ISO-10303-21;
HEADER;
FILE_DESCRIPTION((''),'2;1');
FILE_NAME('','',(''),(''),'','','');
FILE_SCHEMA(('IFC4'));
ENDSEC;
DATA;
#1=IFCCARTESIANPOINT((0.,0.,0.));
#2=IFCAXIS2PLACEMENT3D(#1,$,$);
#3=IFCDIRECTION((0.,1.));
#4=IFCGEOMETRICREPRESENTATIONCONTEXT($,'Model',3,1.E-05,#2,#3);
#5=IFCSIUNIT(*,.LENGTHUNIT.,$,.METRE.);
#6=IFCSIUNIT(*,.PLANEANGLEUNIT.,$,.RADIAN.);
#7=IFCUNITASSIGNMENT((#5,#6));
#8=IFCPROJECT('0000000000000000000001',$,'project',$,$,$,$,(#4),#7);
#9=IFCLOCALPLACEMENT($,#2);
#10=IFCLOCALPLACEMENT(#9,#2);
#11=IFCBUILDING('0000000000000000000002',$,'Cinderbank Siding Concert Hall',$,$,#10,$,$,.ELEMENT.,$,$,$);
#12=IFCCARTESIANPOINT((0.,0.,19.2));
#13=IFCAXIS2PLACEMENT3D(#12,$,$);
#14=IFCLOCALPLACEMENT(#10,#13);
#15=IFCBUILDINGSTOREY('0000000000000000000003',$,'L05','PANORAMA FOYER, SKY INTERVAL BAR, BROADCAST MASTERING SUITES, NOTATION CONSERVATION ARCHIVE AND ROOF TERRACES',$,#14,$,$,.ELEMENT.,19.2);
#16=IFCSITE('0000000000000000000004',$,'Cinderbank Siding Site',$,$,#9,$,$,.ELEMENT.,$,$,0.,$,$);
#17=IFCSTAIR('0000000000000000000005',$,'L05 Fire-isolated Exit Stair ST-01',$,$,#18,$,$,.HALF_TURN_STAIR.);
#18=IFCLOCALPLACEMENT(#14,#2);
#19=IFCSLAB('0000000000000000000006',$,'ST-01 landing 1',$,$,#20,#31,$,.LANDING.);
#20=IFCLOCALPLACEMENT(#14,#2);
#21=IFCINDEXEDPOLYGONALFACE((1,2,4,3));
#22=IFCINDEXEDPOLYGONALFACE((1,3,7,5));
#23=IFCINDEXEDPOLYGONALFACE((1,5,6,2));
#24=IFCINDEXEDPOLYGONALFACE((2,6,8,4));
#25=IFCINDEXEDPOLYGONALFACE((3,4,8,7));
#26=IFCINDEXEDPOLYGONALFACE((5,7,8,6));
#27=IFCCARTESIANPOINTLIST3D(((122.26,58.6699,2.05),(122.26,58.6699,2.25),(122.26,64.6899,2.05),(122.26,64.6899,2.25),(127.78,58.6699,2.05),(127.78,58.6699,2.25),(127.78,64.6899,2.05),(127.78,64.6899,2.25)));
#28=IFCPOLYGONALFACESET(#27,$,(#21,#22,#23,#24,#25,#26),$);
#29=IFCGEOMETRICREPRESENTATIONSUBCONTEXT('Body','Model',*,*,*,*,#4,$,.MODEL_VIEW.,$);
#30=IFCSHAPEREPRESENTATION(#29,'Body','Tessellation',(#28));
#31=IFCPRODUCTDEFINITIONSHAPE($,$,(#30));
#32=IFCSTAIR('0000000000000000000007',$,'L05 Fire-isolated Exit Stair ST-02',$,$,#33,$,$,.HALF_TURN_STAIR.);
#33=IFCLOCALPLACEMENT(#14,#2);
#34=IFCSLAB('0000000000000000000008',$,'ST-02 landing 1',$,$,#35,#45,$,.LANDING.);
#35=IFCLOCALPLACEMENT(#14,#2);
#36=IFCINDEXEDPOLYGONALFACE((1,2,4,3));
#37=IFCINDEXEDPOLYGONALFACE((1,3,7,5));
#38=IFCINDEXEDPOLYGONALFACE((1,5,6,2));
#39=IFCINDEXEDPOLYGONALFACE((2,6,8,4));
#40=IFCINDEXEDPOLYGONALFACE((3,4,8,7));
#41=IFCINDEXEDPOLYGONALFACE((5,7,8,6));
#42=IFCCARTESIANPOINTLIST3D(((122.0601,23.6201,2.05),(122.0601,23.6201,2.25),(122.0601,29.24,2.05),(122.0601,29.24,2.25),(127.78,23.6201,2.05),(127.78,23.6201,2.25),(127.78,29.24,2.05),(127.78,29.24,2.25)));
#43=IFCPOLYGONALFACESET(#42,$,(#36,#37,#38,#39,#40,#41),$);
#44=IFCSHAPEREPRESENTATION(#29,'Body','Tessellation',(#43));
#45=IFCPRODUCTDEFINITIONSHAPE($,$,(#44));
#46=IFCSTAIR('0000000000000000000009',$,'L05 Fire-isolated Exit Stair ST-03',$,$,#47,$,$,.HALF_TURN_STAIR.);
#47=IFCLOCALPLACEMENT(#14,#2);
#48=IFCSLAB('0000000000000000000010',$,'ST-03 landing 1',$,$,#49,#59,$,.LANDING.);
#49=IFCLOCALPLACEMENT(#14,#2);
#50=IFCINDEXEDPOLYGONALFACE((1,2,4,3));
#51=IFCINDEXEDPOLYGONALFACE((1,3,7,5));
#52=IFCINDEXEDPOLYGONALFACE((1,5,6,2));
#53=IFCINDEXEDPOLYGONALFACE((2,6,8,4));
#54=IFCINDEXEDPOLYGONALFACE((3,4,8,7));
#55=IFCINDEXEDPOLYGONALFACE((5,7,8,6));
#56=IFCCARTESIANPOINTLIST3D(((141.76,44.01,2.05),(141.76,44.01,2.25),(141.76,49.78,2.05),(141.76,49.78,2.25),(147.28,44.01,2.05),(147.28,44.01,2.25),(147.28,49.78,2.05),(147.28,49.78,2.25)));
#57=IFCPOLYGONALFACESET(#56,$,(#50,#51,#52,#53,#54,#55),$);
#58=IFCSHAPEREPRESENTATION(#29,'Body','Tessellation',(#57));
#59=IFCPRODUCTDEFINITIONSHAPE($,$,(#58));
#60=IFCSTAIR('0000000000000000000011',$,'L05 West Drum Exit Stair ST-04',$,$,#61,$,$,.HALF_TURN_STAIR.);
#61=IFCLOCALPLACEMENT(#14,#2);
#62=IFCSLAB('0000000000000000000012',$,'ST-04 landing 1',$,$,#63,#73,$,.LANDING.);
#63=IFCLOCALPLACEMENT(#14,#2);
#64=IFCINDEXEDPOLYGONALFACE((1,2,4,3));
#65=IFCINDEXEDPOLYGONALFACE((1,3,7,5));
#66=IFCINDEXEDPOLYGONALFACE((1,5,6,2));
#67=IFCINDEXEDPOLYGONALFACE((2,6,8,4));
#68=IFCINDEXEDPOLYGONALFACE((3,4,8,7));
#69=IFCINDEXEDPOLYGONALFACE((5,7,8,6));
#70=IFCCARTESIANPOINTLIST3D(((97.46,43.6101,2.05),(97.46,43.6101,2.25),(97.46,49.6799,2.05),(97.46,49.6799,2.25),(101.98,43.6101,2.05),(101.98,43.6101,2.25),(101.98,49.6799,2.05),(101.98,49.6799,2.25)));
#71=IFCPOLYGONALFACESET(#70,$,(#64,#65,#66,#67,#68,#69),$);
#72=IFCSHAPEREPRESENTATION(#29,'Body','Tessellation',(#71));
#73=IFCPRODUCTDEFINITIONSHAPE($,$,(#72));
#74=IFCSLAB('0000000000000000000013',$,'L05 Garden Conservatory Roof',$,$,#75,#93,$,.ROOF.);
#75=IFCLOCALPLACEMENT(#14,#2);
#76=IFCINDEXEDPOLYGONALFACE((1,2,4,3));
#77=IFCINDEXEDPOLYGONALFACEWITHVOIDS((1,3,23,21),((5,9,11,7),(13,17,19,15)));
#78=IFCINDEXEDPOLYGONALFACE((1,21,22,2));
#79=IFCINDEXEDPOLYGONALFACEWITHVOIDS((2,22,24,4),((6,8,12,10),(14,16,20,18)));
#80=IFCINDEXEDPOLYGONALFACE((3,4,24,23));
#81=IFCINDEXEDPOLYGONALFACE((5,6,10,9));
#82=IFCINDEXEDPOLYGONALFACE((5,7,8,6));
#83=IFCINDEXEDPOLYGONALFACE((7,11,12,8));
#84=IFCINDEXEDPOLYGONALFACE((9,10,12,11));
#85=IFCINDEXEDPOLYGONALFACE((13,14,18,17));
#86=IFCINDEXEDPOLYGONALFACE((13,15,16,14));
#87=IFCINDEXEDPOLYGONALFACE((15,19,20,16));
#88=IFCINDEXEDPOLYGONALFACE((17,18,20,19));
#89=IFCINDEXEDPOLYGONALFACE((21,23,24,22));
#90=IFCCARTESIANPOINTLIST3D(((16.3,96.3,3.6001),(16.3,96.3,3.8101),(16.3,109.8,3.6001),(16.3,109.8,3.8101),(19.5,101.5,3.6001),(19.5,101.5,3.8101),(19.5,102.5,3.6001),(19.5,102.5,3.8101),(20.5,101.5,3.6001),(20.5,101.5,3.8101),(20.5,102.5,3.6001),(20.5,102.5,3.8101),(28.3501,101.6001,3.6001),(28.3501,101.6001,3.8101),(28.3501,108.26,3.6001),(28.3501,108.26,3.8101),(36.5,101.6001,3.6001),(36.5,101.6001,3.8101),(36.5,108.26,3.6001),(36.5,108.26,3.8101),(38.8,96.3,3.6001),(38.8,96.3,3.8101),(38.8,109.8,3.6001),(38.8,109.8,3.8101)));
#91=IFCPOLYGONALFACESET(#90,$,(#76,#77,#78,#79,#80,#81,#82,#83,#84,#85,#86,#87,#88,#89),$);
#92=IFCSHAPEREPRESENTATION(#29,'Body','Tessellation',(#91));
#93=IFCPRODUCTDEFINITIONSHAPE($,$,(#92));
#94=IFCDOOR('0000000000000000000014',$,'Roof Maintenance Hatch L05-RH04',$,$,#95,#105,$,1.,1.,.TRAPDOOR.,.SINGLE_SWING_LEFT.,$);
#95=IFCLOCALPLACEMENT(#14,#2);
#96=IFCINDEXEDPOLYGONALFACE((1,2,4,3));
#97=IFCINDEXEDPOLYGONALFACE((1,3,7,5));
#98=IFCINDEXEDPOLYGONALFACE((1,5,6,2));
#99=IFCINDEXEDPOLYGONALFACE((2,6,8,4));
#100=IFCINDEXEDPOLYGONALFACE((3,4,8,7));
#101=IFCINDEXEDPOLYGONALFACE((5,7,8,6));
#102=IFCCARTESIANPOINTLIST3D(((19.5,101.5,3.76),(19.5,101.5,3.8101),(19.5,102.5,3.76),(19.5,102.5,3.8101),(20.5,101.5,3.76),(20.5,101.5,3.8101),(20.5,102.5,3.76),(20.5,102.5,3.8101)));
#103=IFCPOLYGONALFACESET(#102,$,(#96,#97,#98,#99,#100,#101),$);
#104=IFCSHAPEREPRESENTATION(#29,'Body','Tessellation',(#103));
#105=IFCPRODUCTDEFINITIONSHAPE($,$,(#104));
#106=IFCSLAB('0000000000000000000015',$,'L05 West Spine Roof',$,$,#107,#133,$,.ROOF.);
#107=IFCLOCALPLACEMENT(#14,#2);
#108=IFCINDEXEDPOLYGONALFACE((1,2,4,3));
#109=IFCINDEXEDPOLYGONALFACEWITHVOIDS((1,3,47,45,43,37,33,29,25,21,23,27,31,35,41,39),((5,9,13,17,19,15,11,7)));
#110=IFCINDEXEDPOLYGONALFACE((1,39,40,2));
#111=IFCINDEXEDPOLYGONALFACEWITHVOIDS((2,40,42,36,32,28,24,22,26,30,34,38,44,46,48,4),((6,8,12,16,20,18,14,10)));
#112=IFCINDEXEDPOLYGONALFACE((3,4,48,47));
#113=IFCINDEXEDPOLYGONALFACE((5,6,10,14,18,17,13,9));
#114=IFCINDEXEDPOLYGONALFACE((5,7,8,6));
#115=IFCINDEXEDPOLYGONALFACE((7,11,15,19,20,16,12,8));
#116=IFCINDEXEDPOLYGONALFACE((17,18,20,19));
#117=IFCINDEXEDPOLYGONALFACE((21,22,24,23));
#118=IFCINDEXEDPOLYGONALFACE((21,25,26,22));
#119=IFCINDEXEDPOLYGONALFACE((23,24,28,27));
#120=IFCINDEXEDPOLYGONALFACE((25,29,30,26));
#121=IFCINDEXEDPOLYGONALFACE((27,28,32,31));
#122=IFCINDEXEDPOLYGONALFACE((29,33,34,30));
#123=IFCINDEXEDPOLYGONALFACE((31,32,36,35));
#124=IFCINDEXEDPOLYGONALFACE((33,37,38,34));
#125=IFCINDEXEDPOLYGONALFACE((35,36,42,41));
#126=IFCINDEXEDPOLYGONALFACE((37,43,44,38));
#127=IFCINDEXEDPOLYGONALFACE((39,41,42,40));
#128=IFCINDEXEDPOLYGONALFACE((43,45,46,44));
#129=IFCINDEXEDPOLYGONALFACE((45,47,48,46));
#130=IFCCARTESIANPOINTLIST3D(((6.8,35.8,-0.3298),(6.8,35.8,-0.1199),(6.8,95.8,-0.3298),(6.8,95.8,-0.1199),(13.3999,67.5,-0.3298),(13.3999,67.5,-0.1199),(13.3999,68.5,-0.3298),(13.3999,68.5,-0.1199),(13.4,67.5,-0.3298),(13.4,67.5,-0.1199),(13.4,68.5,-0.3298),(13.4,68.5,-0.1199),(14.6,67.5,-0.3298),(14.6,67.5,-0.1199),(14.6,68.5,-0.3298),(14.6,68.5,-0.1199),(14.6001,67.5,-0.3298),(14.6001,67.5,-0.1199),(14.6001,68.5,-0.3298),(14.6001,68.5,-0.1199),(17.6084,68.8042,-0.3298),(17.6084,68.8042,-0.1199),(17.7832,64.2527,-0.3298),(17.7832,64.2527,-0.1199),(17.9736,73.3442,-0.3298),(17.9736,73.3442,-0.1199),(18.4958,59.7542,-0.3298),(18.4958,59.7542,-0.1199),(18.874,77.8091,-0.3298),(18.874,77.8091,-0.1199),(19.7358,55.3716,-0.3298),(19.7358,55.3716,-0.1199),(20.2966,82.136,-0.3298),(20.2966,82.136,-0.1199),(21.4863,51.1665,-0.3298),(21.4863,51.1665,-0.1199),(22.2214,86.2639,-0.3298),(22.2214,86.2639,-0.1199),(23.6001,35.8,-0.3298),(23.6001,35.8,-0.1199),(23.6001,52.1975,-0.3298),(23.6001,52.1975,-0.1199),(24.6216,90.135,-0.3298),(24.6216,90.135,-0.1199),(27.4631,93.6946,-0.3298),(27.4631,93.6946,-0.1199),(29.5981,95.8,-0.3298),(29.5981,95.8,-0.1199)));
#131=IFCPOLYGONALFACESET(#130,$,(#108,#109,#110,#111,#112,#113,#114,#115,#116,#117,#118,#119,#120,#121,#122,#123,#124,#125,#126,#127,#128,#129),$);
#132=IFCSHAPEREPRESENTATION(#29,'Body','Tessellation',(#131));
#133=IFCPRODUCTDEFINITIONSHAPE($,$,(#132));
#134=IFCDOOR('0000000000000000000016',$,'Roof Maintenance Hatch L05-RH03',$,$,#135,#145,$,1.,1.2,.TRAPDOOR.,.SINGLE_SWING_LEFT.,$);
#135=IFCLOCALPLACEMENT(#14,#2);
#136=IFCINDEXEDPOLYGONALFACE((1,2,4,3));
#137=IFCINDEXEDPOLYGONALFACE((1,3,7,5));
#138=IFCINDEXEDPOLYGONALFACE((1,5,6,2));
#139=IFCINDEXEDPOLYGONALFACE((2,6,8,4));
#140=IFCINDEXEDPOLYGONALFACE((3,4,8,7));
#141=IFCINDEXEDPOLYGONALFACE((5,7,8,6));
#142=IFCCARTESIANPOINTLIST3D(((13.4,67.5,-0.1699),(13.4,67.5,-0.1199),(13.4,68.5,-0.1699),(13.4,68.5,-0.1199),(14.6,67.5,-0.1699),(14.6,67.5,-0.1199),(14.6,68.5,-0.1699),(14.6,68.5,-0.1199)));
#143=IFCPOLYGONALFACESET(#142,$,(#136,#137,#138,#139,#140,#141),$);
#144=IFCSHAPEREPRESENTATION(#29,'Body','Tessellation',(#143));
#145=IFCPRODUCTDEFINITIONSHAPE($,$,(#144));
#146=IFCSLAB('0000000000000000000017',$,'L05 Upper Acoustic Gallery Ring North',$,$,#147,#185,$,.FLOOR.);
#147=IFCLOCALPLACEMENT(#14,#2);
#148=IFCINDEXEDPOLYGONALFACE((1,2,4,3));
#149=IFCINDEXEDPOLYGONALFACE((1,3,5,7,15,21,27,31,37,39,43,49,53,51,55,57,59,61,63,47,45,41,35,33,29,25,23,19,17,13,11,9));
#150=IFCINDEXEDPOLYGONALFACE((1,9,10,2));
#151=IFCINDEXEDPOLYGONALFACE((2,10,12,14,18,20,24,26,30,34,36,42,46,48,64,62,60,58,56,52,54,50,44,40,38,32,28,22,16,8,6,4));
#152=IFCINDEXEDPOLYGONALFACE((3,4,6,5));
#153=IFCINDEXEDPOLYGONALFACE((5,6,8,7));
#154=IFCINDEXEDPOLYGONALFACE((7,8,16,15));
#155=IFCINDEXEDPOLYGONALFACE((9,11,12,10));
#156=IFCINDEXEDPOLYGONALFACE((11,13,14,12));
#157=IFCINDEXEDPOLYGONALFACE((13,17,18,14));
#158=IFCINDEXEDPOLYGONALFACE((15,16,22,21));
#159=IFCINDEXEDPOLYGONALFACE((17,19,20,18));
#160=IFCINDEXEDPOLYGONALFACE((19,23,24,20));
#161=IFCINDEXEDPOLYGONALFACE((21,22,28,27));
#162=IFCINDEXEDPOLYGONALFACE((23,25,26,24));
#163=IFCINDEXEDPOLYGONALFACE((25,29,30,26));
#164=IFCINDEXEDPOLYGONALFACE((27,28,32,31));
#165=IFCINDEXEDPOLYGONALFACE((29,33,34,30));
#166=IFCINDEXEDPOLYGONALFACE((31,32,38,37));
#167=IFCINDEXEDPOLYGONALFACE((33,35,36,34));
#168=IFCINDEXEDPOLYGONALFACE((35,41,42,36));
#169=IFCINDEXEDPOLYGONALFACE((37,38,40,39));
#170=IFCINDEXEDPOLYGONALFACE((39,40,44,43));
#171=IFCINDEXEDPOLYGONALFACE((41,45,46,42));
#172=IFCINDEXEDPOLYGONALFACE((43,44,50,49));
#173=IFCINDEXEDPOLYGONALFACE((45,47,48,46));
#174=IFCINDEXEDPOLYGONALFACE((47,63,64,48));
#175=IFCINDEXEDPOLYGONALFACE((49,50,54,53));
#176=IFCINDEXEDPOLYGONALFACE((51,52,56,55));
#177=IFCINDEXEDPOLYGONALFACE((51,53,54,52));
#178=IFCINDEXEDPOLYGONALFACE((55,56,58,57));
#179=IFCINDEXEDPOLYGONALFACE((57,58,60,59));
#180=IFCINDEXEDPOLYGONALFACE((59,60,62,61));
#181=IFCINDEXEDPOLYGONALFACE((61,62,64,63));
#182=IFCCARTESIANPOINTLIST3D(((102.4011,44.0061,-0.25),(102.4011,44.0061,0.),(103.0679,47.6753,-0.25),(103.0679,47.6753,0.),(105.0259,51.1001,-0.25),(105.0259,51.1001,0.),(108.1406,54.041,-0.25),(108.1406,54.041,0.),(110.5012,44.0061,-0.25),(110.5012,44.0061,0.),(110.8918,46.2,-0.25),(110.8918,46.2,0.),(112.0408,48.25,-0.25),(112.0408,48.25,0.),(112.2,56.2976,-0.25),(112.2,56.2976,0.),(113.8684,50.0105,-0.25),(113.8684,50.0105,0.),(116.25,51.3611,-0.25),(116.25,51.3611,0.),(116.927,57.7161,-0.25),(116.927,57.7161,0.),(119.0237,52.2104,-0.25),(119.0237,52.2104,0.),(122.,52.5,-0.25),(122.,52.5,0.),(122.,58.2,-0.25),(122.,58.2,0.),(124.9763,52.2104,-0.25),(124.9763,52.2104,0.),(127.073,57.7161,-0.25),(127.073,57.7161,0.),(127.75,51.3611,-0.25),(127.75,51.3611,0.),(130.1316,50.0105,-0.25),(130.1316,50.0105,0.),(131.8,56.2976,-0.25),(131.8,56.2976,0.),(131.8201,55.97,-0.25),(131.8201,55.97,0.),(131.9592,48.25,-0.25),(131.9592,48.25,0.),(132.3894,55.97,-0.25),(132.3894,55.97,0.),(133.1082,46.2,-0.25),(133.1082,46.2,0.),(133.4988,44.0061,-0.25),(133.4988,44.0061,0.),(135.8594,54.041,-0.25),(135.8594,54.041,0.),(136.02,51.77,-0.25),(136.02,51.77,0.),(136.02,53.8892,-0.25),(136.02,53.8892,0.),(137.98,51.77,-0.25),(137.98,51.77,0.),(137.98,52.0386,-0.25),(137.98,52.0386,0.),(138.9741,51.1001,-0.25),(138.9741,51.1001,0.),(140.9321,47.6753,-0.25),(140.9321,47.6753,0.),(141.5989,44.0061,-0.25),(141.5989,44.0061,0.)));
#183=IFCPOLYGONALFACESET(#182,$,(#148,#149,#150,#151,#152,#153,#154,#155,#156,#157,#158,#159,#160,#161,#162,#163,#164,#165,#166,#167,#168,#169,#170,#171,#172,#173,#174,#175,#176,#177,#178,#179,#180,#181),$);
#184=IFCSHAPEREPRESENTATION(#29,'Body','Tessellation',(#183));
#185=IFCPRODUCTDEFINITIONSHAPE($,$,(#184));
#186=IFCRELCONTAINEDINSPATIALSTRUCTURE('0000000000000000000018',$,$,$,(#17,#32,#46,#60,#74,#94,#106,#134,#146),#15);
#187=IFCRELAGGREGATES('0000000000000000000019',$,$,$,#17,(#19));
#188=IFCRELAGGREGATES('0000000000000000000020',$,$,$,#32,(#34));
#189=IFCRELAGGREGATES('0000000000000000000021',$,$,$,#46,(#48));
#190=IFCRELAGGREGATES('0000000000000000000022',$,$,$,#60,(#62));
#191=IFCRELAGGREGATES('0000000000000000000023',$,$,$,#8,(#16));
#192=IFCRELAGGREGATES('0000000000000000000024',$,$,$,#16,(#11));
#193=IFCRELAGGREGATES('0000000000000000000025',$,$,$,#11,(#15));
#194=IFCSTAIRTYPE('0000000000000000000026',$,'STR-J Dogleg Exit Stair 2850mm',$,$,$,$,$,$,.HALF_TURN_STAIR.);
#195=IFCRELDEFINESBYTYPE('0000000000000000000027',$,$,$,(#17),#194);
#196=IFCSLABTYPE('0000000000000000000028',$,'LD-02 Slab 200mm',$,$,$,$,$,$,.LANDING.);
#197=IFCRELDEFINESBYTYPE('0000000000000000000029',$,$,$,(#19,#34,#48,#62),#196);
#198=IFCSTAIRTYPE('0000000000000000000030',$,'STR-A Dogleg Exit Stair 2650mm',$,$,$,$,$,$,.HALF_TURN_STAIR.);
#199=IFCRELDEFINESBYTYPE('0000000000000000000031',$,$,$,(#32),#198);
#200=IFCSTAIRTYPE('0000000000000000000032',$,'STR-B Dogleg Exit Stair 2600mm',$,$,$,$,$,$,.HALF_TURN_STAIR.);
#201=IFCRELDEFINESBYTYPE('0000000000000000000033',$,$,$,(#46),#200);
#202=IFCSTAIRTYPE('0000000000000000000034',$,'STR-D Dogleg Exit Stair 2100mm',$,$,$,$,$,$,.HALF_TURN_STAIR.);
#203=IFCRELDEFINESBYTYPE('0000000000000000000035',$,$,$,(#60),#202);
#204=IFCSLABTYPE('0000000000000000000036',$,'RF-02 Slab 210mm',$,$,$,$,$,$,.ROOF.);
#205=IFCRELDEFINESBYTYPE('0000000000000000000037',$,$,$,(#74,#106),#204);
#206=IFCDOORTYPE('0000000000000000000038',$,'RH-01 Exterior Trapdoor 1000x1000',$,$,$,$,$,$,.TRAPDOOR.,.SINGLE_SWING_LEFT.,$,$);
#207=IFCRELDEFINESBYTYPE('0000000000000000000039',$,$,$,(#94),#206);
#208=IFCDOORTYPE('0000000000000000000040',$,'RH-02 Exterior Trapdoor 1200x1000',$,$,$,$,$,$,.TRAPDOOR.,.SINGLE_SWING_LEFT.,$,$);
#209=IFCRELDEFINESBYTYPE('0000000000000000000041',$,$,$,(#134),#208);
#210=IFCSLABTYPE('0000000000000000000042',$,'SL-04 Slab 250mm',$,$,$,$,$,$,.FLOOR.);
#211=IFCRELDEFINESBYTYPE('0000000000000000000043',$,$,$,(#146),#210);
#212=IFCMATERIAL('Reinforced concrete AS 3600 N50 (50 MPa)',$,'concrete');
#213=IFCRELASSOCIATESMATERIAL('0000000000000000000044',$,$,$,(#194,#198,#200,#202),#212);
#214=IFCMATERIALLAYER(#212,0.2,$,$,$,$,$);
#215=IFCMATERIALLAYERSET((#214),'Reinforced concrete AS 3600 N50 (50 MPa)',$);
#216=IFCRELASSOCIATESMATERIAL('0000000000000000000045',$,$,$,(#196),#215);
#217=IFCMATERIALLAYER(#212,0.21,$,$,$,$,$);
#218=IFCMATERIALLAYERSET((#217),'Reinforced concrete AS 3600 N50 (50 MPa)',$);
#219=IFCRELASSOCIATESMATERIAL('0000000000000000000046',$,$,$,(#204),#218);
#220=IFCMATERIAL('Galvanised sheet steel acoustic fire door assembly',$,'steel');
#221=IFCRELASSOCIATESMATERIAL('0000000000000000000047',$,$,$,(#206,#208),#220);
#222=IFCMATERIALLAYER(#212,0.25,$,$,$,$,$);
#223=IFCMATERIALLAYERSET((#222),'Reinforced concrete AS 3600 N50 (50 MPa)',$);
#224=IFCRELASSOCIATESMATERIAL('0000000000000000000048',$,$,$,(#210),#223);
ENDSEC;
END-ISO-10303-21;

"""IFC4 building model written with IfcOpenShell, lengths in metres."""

from ifc_helpers import new_model, si_unit, direction, frame, origin, origin_2d, place, context, subcontext, project, spatial, polyline, rectangle, outline, extrude, material, layer, layer_set, type_object, element, fill, aggregate, save


model = new_model("IFC4")

# Units and contexts
model_context = context("Model", 3, precision=1e-05, world=origin(), true_north=direction((0.0, 1.0)))
body_context = subcontext(model_context, "Body", "Model", "MODEL_VIEW")
ifc_project = project(units=[si_unit("LENGTHUNIT", "METRE"), si_unit("PLANEANGLEUNIT", "RADIAN")], contexts=[model_context])

# Site, building, storey
site_placement = place(None, origin())
site = spatial("IfcSite", under=ifc_project, at=site_placement, Name="Cinderbank Siding Site", CompositionType="ELEMENT", RefElevation=0.0)
building_placement = place(site_placement, origin())
building = spatial("IfcBuilding", under=site, at=building_placement, Name="Cinderbank Siding Concert Hall", CompositionType="ELEMENT")
storey_placement = place(building_placement, frame((0.0, 0.0, 19.2)))
storey = spatial("IfcBuildingStorey", under=building, at=storey_placement, Name="L05", Description="PANORAMA FOYER, SKY INTERVAL BAR, BROADCAST MASTERING SUITES, NOTATION CONSERVATION ARCHIVE AND ROOF TERRACES", CompositionType="ELEMENT", Elevation=19.2)

# Stairs, slabs
ifc_material_1 = material(Name="Reinforced concrete AS 3600 N50 (50 MPa)", Category="concrete")
stair_type_1 = type_object("IfcStairType", Name="STR-J Dogleg Exit Stair 2850mm", PredefinedType="HALF_TURN_STAIR", material=ifc_material_1)
stair_1_placement = place(storey_placement, origin())
stair_1 = element("IfcStair", 1, at=stair_1_placement, inside=storey, type_object=stair_type_1, Name="L05 Fire-isolated Exit Stair ST-01", PredefinedType="HALF_TURN_STAIR")
ifc_layer_1 = layer(ifc_material_1, 0.2)
ifc_layer_set_1 = layer_set([ifc_layer_1], Name="Reinforced concrete AS 3600 N50 (50 MPa)")
slab_type_1 = type_object("IfcSlabType", Name="LD-02 Slab 200mm", PredefinedType="LANDING", material=ifc_layer_set_1)
slab_1_placement = place(storey_placement, frame((0.0, 0.0, 2.05)))
slab_1 = element("IfcSlab", 2, at=slab_1_placement, type_object=slab_type_1, Name="ST-01 landing 1", PredefinedType="LANDING", context=body_context, shape_type="SweptSolid", body=[
    extrude(outline(polyline([(122.26, 58.6699), (122.26, 64.6899), (127.78, 64.6899), (127.78, 58.6699), (122.26, 58.6699)])), origin(), (0.0, 0.0, 1.0), 0.2),
])
aggregate(stair_1, [slab_1])
stair_type_2 = type_object("IfcStairType", Name="STR-A Dogleg Exit Stair 2650mm", PredefinedType="HALF_TURN_STAIR", material=ifc_material_1)
stair_2_placement = place(storey_placement, origin())
stair_2 = element("IfcStair", 3, at=stair_2_placement, inside=storey, type_object=stair_type_2, Name="L05 Fire-isolated Exit Stair ST-02", PredefinedType="HALF_TURN_STAIR")
slab_2_placement = place(storey_placement, frame((0.0, 0.0, 2.05)))
slab_2 = element("IfcSlab", 4, at=slab_2_placement, type_object=slab_type_1, Name="ST-02 landing 1", PredefinedType="LANDING", context=body_context, shape_type="SweptSolid", body=[
    extrude(outline(polyline([(122.0601, 23.6201), (122.0601, 29.24), (127.78, 29.24), (127.78, 23.6201), (122.0601, 23.6201)])), origin(), (0.0, 0.0, 1.0), 0.2),
])
aggregate(stair_2, [slab_2])
stair_type_3 = type_object("IfcStairType", Name="STR-B Dogleg Exit Stair 2600mm", PredefinedType="HALF_TURN_STAIR", material=ifc_material_1)
stair_3_placement = place(storey_placement, origin())
stair_3 = element("IfcStair", 5, at=stair_3_placement, inside=storey, type_object=stair_type_3, Name="L05 Fire-isolated Exit Stair ST-03", PredefinedType="HALF_TURN_STAIR")
slab_3_placement = place(storey_placement, frame((0.0, 0.0, 2.05)))
slab_3 = element("IfcSlab", 6, at=slab_3_placement, type_object=slab_type_1, Name="ST-03 landing 1", PredefinedType="LANDING", context=body_context, shape_type="SweptSolid", body=[
    extrude(outline(polyline([(147.28, 44.01), (141.76, 44.01), (141.76, 49.78), (147.28, 49.78), (147.28, 44.01)])), origin(), (0.0, 0.0, 1.0), 0.2),
])
aggregate(stair_3, [slab_3])
stair_type_4 = type_object("IfcStairType", Name="STR-D Dogleg Exit Stair 2100mm", PredefinedType="HALF_TURN_STAIR", material=ifc_material_1)
stair_4_placement = place(storey_placement, origin())
stair_4 = element("IfcStair", 7, at=stair_4_placement, inside=storey, type_object=stair_type_4, Name="L05 West Drum Exit Stair ST-04", PredefinedType="HALF_TURN_STAIR")
slab_4_placement = place(storey_placement, frame((0.0, 0.0, 2.05)))
slab_4 = element("IfcSlab", 8, at=slab_4_placement, type_object=slab_type_1, Name="ST-04 landing 1", PredefinedType="LANDING", context=body_context, shape_type="SweptSolid", body=[
    extrude(outline(polyline([(101.98, 43.6101), (97.46, 43.6101), (97.46, 49.6799), (101.98, 49.6799), (101.98, 43.6101)])), origin(), (0.0, 0.0, 1.0), 0.2),
])
aggregate(stair_4, [slab_4])

# Slabs, openings, doors
ifc_layer_2 = layer(ifc_material_1, 0.21)
ifc_layer_set_2 = layer_set([ifc_layer_2], Name="Reinforced concrete AS 3600 N50 (50 MPa)")
slab_type_2 = type_object("IfcSlabType", Name="RF-02 Slab 210mm", PredefinedType="ROOF", material=ifc_layer_set_2)
slab_5_placement = place(storey_placement, frame((0.0, 0.0, 3.6001)))
slab_5 = element("IfcSlab", 9, at=slab_5_placement, inside=storey, type_object=slab_type_2, Name="L05 Garden Conservatory Roof", PredefinedType="ROOF", context=body_context, shape_type="SweptSolid", body=[
    extrude(outline(polyline([(16.3, 96.3), (16.3, 109.8), (38.8, 109.8), (38.8, 96.3), (16.3, 96.3)]), holes=[polyline([(28.3501, 101.6001), (36.5, 101.6001), (36.5, 108.26), (28.3501, 108.26), (28.3501, 101.6001)]), polyline([(19.5, 101.5), (20.5, 101.5), (20.5, 102.5), (19.5, 102.5), (19.5, 101.5)])]), origin(), (0.0, 0.0, 1.0), 0.21),
])
opening_1_placement = place(slab_5_placement, frame((20.0, 102.0, -0.012)))
opening_1 = element("IfcOpeningElement", 10, at=opening_1_placement, cuts=slab_5, PredefinedType="OPENING", context=body_context, shape_type="SweptSolid", body=[
    extrude(rectangle(XDim=1.0, YDim=1.0, at=origin_2d()), origin(), (0.0, 0.0, 1.0), 0.2339),
])
ifc_material_2 = material(Name="Galvanised sheet steel acoustic fire door assembly", Category="steel")
door_type_1 = type_object("IfcDoorType", Name="RH-01 Exterior Trapdoor 1000x1000", OperationType="SINGLE_SWING_LEFT", PredefinedType="TRAPDOOR", material=ifc_material_2)
door_1_placement = place(slab_5_placement, frame((20.0, 102.0, 0.1599)))
door_1 = element("IfcDoor", 11, at=door_1_placement, inside=storey, type_object=door_type_1, Name="Roof Maintenance Hatch L05-RH04", OperationType="SINGLE_SWING_LEFT", OverallHeight=1.0, OverallWidth=1.0, PredefinedType="TRAPDOOR", context=body_context, shape_type="SweptSolid", body=[
    extrude(rectangle(XDim=1.0, YDim=1.0, at=origin_2d()), origin(), (0.0, 0.0, 1.0), 0.05),
])
fill(opening_1, door_1)
slab_6_placement = place(storey_placement, frame((0.0, 0.0, -0.3298)))
slab_6 = element("IfcSlab", 12, at=slab_6_placement, inside=storey, type_object=slab_type_2, Name="L05 West Spine Roof", PredefinedType="ROOF", context=body_context, shape_type="SweptSolid", body=[
    extrude(outline(polyline([(6.8, 95.8), (29.5981, 95.8), (27.4631, 93.6946), (24.6216, 90.135), (22.2214, 86.2639), (20.2966, 82.136), (18.874, 77.8091), (17.9736, 73.3442), (17.6084, 68.8042), (17.7832, 64.2527), (18.4958, 59.7542), (19.7358, 55.3716), (21.4863, 51.1665), (23.6001, 52.1975), (23.6001, 35.8), (6.8, 35.8), (6.8, 95.8)]), holes=[polyline([(13.3999, 67.5), (14.6001, 67.5), (14.6001, 68.5), (13.3999, 68.5), (13.3999, 67.5)])]), origin(), (0.0, 0.0, 1.0), 0.21),
])
opening_2_placement = place(slab_6_placement, frame((14.0, 68.0, -0.012)))
opening_2 = element("IfcOpeningElement", 13, at=opening_2_placement, cuts=slab_6, PredefinedType="OPENING", context=body_context, shape_type="SweptSolid", body=[
    extrude(rectangle(XDim=1.2, YDim=1.0, at=origin_2d()), origin(), (0.0, 0.0, 1.0), 0.2339),
])
door_type_2 = type_object("IfcDoorType", Name="RH-02 Exterior Trapdoor 1200x1000", OperationType="SINGLE_SWING_LEFT", PredefinedType="TRAPDOOR", material=ifc_material_2)
door_2_placement = place(slab_6_placement, frame((14.0, 68.0, 0.1599)))
door_2 = element("IfcDoor", 14, at=door_2_placement, inside=storey, type_object=door_type_2, Name="Roof Maintenance Hatch L05-RH03", OperationType="SINGLE_SWING_LEFT", OverallHeight=1.0, OverallWidth=1.2, PredefinedType="TRAPDOOR", context=body_context, shape_type="SweptSolid", body=[
    extrude(rectangle(XDim=1.2, YDim=1.0, at=origin_2d()), origin(), (0.0, 0.0, 1.0), 0.05),
])
fill(opening_2, door_2)

# Slab
ifc_layer_3 = layer(ifc_material_1, 0.25)
ifc_layer_set_3 = layer_set([ifc_layer_3], Name="Reinforced concrete AS 3600 N50 (50 MPa)")
slab_type_3 = type_object("IfcSlabType", Name="SL-04 Slab 250mm", PredefinedType="FLOOR", material=ifc_layer_set_3)
slab_7_placement = place(storey_placement, frame((0.0, 0.0, -0.25)))
element("IfcSlab", 15, at=slab_7_placement, inside=storey, type_object=slab_type_3, Name="L05 Upper Acoustic Gallery Ring North", PredefinedType="FLOOR", context=body_context, shape_type="SweptSolid", body=[
    extrude(outline(polyline([(108.1406, 54.041), (112.2, 56.2976), (116.927, 57.7161), (122.0, 58.2), (127.073, 57.7161), (131.8, 56.2976), (131.8201, 55.97), (132.3894, 55.97), (135.8594, 54.041), (136.02, 53.8892), (136.02, 51.77), (137.98, 51.77), (137.98, 52.0386), (138.9741, 51.1001), (140.9321, 47.6753), (141.5989, 44.0061), (133.4988, 44.0061), (133.1082, 46.2), (131.9592, 48.25), (130.1316, 50.0105), (127.75, 51.3611), (124.9763, 52.2104), (122.0, 52.5), (119.0237, 52.2104), (116.25, 51.3611), (113.8684, 50.0105), (112.0408, 48.25), (110.8918, 46.2), (110.5012, 44.0061), (102.4011, 44.0061), (103.0679, 47.6753), (105.0259, 51.1001), (108.1406, 54.041)])), origin(), (0.0, 0.0, 1.0), 0.25),
])

save(model, "model.ifc")
